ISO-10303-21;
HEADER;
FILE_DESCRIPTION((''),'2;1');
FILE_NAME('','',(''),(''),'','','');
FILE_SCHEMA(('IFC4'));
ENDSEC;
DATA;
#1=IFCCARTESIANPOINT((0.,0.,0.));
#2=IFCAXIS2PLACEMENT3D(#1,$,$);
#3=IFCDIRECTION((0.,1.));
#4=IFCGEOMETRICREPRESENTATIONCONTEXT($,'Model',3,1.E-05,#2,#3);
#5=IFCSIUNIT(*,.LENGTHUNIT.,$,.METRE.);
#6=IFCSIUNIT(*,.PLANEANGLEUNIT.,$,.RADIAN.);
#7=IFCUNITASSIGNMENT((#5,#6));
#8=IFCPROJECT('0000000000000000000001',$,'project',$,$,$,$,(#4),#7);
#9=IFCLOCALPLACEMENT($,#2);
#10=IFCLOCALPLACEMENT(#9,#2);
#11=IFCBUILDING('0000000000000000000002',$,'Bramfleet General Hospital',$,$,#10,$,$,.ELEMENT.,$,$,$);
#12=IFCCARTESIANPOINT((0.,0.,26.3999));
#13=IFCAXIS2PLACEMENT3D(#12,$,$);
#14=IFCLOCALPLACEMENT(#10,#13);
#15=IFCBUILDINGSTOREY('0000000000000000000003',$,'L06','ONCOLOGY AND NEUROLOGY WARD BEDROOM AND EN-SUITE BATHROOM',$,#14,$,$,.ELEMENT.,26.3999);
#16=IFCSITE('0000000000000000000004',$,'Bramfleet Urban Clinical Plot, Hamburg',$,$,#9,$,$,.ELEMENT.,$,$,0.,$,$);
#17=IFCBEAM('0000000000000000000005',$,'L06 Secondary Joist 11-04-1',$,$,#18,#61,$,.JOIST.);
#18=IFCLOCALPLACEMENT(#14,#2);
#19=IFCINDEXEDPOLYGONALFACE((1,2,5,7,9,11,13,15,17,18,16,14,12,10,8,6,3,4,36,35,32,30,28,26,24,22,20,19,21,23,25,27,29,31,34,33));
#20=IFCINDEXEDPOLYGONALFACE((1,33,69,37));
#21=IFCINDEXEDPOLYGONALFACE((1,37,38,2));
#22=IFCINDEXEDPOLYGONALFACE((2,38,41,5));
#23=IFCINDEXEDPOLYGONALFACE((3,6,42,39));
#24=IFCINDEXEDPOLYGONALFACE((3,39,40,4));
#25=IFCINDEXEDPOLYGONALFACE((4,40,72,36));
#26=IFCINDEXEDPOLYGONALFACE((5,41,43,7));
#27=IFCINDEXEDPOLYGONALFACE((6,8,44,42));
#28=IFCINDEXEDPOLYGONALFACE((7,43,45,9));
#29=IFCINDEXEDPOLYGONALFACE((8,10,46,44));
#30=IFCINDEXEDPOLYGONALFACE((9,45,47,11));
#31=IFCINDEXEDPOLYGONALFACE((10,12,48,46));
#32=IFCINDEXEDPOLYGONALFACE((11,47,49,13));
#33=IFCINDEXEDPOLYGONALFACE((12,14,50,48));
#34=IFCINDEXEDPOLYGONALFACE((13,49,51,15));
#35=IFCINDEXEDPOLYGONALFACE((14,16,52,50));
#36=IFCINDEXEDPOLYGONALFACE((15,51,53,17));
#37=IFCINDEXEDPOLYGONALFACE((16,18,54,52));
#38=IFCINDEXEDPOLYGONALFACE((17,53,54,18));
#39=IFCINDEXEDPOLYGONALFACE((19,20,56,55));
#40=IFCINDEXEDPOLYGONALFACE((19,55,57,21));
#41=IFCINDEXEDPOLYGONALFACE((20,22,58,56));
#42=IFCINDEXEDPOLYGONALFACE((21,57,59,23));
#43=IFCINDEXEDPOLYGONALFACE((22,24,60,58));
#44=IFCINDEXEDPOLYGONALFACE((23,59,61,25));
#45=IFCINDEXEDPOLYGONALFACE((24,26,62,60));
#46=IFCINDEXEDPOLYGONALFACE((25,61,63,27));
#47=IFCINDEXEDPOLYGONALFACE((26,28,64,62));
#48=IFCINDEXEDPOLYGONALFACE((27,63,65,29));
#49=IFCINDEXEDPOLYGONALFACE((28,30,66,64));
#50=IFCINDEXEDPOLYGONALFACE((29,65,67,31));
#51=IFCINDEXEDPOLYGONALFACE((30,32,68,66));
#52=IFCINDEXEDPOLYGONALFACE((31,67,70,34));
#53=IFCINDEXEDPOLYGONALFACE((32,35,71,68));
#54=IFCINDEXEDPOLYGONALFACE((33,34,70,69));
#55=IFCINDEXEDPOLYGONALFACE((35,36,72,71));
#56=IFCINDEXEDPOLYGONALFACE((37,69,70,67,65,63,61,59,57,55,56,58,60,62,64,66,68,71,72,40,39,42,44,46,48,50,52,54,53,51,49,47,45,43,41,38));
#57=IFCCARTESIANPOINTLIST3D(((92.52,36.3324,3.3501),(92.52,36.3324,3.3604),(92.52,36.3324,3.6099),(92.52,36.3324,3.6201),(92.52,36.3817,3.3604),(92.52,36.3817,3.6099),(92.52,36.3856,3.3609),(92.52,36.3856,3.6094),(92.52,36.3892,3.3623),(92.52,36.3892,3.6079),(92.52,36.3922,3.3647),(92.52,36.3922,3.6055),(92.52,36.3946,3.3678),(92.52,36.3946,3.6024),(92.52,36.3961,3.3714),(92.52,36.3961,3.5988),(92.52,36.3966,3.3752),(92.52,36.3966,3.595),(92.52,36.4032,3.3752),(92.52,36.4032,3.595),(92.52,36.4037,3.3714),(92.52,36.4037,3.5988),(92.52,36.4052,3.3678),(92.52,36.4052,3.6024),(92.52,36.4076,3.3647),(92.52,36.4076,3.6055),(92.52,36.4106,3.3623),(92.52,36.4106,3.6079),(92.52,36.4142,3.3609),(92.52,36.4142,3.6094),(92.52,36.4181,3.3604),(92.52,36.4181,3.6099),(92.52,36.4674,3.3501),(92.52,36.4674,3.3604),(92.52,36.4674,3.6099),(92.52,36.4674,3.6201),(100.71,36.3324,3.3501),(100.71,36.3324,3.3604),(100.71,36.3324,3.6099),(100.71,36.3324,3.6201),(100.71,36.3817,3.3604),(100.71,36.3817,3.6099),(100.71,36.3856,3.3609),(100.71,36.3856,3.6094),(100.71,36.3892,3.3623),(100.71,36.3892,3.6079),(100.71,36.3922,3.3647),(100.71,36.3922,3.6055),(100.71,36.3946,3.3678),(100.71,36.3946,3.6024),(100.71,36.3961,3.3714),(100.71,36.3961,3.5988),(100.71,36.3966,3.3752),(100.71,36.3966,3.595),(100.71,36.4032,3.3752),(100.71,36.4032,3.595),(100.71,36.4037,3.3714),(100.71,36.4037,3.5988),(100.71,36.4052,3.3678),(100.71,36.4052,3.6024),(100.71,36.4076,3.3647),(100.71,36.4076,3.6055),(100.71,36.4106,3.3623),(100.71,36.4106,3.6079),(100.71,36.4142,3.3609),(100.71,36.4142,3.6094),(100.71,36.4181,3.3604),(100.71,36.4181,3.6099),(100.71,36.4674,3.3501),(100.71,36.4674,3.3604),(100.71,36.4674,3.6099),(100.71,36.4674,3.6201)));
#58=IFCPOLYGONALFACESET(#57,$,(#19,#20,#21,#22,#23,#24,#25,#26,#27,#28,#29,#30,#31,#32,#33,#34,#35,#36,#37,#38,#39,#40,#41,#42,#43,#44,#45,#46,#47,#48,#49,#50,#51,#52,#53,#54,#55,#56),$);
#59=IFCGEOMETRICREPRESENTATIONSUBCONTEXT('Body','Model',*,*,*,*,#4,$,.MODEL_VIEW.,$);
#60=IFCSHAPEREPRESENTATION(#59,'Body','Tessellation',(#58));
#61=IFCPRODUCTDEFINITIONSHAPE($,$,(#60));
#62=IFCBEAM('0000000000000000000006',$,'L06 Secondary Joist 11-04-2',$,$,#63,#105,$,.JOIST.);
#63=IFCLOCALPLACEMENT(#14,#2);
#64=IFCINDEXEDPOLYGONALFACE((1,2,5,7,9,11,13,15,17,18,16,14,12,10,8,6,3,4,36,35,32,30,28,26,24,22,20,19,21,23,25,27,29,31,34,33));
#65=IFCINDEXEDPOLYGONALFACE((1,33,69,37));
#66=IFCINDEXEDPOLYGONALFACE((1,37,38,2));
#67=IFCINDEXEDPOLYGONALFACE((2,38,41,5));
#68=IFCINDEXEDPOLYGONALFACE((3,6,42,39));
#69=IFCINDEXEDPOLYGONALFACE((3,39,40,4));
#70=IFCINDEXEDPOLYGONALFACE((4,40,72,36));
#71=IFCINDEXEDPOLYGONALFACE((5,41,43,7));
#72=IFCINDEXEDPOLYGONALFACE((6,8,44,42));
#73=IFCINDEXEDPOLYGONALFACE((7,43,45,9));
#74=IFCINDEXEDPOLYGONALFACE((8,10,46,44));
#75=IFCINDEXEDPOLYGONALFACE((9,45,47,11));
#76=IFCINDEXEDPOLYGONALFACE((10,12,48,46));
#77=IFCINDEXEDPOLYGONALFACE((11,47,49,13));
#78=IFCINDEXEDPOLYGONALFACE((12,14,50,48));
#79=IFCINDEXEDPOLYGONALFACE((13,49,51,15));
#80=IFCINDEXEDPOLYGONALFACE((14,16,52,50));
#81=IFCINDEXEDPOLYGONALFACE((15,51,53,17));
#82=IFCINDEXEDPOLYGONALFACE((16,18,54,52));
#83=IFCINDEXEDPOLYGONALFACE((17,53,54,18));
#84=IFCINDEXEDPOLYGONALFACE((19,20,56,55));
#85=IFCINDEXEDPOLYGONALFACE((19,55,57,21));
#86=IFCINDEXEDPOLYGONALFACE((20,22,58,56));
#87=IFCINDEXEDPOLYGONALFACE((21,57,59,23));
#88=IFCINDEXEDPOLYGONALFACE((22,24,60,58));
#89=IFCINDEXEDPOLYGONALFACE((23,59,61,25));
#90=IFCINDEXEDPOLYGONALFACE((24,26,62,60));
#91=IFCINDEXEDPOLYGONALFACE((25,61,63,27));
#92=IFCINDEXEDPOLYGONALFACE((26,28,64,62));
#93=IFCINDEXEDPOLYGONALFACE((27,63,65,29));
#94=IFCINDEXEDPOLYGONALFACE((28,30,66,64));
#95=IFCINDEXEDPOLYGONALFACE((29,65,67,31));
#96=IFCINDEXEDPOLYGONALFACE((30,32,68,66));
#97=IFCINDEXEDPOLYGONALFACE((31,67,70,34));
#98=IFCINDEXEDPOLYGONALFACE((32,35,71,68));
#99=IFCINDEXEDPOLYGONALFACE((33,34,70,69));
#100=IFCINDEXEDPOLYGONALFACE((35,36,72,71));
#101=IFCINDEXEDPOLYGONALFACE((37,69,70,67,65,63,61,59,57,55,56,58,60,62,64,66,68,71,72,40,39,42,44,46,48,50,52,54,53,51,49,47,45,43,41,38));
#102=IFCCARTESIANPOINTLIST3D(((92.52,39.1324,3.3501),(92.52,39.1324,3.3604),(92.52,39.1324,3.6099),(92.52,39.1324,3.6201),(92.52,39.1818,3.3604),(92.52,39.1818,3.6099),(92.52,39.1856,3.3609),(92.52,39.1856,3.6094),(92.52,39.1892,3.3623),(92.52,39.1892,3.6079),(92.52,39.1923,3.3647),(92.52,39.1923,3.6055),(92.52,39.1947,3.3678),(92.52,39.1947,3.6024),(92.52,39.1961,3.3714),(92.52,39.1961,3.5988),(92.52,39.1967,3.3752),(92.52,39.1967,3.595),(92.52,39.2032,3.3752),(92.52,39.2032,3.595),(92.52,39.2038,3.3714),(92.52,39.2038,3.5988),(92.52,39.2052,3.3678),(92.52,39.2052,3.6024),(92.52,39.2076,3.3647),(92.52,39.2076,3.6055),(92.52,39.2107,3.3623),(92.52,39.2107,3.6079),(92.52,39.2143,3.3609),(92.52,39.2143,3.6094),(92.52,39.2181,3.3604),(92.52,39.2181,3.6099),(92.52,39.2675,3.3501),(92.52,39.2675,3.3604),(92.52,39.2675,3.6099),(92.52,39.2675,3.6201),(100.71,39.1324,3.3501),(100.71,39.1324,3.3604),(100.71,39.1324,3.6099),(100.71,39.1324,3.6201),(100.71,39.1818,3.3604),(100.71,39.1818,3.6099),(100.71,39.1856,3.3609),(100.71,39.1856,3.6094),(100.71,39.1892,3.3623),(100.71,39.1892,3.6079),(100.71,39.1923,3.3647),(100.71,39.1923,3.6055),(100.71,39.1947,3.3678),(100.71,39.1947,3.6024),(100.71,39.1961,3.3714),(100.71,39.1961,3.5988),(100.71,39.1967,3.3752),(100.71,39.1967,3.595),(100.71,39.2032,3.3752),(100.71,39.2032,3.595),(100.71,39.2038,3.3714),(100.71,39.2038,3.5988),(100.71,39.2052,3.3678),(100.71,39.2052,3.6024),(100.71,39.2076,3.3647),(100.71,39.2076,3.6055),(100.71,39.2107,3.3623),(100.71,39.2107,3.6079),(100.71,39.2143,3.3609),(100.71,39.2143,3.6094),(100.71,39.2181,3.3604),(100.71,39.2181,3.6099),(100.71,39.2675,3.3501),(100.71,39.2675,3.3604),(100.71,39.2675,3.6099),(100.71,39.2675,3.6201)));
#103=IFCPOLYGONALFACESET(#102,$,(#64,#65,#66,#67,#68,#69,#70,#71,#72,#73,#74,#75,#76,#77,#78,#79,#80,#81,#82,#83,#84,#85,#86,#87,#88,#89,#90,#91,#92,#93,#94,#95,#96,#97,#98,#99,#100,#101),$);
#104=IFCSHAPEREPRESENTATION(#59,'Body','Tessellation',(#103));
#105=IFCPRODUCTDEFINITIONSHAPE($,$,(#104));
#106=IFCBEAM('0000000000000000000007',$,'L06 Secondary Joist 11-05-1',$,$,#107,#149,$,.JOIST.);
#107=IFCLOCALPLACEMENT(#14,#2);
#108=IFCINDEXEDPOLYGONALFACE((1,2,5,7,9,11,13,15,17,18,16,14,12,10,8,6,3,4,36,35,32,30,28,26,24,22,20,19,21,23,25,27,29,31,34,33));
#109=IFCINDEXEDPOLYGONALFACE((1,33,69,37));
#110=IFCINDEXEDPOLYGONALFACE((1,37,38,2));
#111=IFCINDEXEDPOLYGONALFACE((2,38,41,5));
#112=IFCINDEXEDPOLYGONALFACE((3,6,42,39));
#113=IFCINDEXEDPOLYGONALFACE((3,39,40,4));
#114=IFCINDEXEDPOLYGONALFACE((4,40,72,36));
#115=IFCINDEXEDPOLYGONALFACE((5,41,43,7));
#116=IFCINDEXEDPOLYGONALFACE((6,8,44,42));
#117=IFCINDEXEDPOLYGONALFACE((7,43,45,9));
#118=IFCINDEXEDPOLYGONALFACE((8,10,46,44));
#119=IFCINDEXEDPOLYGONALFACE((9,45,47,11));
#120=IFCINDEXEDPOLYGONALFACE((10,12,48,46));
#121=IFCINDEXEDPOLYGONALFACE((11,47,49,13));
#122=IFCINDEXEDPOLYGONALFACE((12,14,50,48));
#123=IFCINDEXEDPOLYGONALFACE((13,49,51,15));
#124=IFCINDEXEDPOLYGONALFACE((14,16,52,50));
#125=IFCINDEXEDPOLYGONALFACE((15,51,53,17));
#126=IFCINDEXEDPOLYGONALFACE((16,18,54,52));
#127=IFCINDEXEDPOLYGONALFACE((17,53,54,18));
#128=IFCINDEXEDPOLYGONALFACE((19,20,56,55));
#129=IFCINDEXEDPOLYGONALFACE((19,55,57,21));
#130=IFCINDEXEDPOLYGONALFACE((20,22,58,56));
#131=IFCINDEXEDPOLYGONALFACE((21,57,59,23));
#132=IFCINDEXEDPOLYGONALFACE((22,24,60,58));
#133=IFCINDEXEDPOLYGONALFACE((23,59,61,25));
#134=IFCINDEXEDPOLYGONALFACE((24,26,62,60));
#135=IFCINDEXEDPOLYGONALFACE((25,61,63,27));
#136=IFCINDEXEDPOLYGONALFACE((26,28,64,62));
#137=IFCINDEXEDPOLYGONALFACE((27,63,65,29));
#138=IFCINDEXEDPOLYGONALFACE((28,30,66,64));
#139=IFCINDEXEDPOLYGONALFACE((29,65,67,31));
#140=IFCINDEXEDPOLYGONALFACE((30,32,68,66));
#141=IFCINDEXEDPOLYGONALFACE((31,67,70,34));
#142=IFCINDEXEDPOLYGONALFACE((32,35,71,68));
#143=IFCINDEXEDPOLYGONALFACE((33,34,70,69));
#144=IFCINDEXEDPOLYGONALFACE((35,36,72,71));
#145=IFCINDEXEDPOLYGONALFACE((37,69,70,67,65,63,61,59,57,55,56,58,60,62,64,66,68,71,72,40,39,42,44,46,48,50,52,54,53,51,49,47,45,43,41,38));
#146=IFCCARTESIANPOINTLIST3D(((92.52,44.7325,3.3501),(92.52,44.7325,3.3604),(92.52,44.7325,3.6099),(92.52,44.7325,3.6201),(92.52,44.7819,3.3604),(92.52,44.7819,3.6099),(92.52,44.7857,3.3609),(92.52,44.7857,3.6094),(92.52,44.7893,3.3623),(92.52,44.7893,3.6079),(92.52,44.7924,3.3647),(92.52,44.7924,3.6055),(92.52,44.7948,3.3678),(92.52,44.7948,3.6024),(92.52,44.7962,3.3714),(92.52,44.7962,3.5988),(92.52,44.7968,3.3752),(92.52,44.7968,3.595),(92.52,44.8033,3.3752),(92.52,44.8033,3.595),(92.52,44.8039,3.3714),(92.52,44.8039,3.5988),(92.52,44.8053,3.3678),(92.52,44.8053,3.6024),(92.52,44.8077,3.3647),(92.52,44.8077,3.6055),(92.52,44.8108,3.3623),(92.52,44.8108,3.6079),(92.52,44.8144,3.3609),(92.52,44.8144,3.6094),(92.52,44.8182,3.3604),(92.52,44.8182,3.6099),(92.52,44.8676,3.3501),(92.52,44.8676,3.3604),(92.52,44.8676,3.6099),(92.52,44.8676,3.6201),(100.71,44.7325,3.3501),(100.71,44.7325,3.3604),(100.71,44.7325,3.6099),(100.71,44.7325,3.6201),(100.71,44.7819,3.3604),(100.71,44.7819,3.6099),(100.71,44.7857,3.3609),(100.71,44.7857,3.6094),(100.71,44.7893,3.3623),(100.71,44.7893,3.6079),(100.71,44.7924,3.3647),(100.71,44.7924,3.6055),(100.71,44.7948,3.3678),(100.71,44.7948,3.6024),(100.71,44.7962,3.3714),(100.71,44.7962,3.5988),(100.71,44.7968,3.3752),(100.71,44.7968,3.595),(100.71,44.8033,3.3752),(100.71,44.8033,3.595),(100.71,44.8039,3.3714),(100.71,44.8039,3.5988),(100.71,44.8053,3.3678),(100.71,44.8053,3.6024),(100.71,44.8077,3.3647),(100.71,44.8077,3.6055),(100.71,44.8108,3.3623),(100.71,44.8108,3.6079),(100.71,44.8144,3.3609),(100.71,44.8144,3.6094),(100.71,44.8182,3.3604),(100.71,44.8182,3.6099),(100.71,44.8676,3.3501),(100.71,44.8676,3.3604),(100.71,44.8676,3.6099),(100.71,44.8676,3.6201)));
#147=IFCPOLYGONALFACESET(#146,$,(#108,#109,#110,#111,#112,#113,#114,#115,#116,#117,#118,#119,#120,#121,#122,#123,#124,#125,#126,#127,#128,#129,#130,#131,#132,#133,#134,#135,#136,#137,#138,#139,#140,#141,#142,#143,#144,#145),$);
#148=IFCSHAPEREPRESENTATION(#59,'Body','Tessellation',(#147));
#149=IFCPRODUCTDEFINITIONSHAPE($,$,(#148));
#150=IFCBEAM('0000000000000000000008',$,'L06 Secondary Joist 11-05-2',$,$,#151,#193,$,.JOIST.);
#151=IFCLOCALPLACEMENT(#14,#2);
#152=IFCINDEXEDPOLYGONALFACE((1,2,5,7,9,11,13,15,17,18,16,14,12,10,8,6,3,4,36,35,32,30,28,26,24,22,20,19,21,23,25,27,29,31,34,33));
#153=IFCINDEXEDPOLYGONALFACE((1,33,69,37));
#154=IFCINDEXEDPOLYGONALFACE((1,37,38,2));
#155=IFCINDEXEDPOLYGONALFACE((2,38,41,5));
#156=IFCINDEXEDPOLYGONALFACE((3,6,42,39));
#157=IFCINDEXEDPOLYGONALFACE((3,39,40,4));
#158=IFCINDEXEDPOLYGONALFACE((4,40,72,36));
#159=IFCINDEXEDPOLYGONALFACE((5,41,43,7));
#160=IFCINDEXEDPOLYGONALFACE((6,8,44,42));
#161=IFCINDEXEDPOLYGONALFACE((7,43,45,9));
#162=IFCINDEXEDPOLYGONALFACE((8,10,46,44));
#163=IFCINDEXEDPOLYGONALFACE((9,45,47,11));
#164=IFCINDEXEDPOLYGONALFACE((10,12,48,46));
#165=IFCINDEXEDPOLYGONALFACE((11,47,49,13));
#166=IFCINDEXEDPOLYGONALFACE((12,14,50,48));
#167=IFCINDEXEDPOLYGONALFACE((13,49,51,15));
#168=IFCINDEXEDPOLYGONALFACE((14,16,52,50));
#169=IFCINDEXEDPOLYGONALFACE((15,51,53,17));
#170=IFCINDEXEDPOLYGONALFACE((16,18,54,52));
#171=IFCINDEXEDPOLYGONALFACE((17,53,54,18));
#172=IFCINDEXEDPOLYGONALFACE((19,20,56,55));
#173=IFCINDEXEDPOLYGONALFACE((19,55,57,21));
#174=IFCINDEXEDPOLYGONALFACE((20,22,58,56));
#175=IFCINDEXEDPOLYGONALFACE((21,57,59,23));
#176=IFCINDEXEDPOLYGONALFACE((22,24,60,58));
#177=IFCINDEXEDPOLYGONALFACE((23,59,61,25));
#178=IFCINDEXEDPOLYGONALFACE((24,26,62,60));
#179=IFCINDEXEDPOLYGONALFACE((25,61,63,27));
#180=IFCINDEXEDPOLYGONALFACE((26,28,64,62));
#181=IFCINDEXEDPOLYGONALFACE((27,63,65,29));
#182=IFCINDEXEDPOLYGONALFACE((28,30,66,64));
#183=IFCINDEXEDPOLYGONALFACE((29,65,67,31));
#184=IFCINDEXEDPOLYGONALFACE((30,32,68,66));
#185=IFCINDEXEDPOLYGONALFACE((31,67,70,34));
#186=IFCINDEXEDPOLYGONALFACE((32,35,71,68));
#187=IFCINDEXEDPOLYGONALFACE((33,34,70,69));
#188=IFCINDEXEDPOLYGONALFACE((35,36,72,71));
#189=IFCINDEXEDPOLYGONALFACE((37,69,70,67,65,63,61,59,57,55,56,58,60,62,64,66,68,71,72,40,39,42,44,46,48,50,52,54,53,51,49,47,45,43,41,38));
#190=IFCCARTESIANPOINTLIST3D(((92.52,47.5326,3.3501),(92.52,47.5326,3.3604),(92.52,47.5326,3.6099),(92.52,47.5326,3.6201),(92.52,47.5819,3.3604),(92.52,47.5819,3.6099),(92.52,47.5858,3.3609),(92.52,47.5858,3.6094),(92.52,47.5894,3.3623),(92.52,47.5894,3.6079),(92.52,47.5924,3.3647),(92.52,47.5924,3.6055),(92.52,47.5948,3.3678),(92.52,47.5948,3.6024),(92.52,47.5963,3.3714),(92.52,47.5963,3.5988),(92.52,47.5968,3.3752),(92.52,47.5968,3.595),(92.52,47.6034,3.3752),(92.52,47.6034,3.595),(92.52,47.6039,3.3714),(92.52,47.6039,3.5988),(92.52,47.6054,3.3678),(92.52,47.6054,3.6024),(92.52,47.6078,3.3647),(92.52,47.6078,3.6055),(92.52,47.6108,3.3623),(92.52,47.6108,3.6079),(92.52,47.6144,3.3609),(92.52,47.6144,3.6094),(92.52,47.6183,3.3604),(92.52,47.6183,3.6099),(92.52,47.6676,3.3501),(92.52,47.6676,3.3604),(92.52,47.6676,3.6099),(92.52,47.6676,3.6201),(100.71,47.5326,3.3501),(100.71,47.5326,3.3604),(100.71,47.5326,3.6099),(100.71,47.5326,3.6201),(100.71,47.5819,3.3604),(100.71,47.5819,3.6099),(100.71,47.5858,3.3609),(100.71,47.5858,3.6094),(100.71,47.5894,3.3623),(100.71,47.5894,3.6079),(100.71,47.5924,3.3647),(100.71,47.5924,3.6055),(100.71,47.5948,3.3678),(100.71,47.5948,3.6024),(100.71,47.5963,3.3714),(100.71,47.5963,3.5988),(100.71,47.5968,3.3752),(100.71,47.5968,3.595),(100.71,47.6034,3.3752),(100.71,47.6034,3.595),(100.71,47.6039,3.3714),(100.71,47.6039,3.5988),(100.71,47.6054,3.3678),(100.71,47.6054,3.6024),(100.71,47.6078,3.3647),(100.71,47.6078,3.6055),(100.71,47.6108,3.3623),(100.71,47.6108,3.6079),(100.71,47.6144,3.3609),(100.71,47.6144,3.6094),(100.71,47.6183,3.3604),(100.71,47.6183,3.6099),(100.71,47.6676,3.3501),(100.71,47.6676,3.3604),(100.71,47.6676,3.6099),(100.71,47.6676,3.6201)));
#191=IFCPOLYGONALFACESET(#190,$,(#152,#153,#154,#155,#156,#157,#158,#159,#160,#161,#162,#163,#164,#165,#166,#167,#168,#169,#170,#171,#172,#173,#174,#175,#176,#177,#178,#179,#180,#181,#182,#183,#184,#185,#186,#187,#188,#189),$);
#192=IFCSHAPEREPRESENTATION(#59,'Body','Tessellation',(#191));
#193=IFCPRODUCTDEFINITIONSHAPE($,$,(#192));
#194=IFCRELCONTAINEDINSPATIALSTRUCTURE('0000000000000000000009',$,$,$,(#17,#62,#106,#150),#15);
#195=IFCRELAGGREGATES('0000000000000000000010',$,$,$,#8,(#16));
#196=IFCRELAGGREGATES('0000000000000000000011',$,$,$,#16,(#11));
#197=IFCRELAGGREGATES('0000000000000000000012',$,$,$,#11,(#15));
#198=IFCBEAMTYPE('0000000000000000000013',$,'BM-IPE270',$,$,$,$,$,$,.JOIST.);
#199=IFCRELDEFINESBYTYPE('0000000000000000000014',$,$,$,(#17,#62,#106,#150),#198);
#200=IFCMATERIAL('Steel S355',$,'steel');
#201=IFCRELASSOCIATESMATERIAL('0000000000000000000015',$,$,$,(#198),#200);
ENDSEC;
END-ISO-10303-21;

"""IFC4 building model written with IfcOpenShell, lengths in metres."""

from ifc_helpers import new_model, si_unit, direction, frame, origin, origin_2d, place, context, subcontext, project, spatial, i_section, extrude, material, material_profile, profile_set, type_object, element, save


model = new_model("IFC4")

# Units and contexts
model_context = context("Model", 3, precision=1e-05, world=origin(), true_north=direction((0.0, 1.0)))
body_context = subcontext(model_context, "Body", "Model", "MODEL_VIEW")
ifc_project = project(units=[si_unit("LENGTHUNIT", "METRE"), si_unit("PLANEANGLEUNIT", "RADIAN")], contexts=[model_context])

# Site, building, storey
site_placement = place(None, origin())
site = spatial("IfcSite", under=ifc_project, at=site_placement, Name="Bramfleet Urban Clinical Plot, Hamburg", CompositionType="ELEMENT", RefElevation=0.0)
building_placement = place(site_placement, origin())
building = spatial("IfcBuilding", under=site, at=building_placement, Name="Bramfleet General Hospital", CompositionType="ELEMENT")
storey_placement = place(building_placement, frame((0.0, 0.0, 26.3999)))
storey = spatial("IfcBuildingStorey", under=building, at=storey_placement, Name="L06", Description="ONCOLOGY AND NEUROLOGY WARD BEDROOM AND EN-SUITE BATHROOM", CompositionType="ELEMENT", Elevation=26.3999)

# Beams
ifc_material_1 = material(Name="Steel S355", Category="steel")
ifc_material_profile_1 = material_profile(ifc_material_1, i_section(OverallWidth=0.135, OverallDepth=0.27, WebThickness=0.0066, FlangeThickness=0.0103, FilletRadius=0.0149, at=origin_2d()), Name="IPE 270")
ifc_profile_set_1 = profile_set([ifc_material_profile_1], Name="Steel S355")
beam_type_1 = type_object("IfcBeamType", Name="BM-IPE270", PredefinedType="JOIST", material=ifc_profile_set_1)
for number, where, z_axis, x_axis, name in (
    (1, (92.52, 36.3999, 3.4851), (1.0, 0.0, 0.0), (0.0, 1.0, 0.0), "L06 Secondary Joist 11-04-1"),
    (2, (92.52, 39.2, 3.4851), (1.0, 0.0, 0.0), (0.0, 1.0, 0.0), "L06 Secondary Joist 11-04-2"),
    (3, (92.52, 44.8, 3.4851), (1.0, 0.0, 0.0), (0.0, 1.0, 0.0), "L06 Secondary Joist 11-05-1"),
    (4, (92.52, 47.6001, 3.4851), (1.0, 0.0, 0.0), (0.0, 1.0, 0.0), "L06 Secondary Joist 11-05-2"),
):
    element("IfcBeam", number, at=place(storey_placement, frame(where, z_axis=z_axis, x_axis=x_axis)), inside=storey, type_object=beam_type_1, Name=name, PredefinedType="JOIST", context=body_context, shape_type="SweptSolid", body=[
        extrude(i_section(OverallWidth=0.135, OverallDepth=0.27, WebThickness=0.0066, FlangeThickness=0.0103, FilletRadius=0.0149, at=origin_2d()), origin(), (0.0, 0.0, 1.0), 8.1899),
    ])

save(model, "model.ifc")
